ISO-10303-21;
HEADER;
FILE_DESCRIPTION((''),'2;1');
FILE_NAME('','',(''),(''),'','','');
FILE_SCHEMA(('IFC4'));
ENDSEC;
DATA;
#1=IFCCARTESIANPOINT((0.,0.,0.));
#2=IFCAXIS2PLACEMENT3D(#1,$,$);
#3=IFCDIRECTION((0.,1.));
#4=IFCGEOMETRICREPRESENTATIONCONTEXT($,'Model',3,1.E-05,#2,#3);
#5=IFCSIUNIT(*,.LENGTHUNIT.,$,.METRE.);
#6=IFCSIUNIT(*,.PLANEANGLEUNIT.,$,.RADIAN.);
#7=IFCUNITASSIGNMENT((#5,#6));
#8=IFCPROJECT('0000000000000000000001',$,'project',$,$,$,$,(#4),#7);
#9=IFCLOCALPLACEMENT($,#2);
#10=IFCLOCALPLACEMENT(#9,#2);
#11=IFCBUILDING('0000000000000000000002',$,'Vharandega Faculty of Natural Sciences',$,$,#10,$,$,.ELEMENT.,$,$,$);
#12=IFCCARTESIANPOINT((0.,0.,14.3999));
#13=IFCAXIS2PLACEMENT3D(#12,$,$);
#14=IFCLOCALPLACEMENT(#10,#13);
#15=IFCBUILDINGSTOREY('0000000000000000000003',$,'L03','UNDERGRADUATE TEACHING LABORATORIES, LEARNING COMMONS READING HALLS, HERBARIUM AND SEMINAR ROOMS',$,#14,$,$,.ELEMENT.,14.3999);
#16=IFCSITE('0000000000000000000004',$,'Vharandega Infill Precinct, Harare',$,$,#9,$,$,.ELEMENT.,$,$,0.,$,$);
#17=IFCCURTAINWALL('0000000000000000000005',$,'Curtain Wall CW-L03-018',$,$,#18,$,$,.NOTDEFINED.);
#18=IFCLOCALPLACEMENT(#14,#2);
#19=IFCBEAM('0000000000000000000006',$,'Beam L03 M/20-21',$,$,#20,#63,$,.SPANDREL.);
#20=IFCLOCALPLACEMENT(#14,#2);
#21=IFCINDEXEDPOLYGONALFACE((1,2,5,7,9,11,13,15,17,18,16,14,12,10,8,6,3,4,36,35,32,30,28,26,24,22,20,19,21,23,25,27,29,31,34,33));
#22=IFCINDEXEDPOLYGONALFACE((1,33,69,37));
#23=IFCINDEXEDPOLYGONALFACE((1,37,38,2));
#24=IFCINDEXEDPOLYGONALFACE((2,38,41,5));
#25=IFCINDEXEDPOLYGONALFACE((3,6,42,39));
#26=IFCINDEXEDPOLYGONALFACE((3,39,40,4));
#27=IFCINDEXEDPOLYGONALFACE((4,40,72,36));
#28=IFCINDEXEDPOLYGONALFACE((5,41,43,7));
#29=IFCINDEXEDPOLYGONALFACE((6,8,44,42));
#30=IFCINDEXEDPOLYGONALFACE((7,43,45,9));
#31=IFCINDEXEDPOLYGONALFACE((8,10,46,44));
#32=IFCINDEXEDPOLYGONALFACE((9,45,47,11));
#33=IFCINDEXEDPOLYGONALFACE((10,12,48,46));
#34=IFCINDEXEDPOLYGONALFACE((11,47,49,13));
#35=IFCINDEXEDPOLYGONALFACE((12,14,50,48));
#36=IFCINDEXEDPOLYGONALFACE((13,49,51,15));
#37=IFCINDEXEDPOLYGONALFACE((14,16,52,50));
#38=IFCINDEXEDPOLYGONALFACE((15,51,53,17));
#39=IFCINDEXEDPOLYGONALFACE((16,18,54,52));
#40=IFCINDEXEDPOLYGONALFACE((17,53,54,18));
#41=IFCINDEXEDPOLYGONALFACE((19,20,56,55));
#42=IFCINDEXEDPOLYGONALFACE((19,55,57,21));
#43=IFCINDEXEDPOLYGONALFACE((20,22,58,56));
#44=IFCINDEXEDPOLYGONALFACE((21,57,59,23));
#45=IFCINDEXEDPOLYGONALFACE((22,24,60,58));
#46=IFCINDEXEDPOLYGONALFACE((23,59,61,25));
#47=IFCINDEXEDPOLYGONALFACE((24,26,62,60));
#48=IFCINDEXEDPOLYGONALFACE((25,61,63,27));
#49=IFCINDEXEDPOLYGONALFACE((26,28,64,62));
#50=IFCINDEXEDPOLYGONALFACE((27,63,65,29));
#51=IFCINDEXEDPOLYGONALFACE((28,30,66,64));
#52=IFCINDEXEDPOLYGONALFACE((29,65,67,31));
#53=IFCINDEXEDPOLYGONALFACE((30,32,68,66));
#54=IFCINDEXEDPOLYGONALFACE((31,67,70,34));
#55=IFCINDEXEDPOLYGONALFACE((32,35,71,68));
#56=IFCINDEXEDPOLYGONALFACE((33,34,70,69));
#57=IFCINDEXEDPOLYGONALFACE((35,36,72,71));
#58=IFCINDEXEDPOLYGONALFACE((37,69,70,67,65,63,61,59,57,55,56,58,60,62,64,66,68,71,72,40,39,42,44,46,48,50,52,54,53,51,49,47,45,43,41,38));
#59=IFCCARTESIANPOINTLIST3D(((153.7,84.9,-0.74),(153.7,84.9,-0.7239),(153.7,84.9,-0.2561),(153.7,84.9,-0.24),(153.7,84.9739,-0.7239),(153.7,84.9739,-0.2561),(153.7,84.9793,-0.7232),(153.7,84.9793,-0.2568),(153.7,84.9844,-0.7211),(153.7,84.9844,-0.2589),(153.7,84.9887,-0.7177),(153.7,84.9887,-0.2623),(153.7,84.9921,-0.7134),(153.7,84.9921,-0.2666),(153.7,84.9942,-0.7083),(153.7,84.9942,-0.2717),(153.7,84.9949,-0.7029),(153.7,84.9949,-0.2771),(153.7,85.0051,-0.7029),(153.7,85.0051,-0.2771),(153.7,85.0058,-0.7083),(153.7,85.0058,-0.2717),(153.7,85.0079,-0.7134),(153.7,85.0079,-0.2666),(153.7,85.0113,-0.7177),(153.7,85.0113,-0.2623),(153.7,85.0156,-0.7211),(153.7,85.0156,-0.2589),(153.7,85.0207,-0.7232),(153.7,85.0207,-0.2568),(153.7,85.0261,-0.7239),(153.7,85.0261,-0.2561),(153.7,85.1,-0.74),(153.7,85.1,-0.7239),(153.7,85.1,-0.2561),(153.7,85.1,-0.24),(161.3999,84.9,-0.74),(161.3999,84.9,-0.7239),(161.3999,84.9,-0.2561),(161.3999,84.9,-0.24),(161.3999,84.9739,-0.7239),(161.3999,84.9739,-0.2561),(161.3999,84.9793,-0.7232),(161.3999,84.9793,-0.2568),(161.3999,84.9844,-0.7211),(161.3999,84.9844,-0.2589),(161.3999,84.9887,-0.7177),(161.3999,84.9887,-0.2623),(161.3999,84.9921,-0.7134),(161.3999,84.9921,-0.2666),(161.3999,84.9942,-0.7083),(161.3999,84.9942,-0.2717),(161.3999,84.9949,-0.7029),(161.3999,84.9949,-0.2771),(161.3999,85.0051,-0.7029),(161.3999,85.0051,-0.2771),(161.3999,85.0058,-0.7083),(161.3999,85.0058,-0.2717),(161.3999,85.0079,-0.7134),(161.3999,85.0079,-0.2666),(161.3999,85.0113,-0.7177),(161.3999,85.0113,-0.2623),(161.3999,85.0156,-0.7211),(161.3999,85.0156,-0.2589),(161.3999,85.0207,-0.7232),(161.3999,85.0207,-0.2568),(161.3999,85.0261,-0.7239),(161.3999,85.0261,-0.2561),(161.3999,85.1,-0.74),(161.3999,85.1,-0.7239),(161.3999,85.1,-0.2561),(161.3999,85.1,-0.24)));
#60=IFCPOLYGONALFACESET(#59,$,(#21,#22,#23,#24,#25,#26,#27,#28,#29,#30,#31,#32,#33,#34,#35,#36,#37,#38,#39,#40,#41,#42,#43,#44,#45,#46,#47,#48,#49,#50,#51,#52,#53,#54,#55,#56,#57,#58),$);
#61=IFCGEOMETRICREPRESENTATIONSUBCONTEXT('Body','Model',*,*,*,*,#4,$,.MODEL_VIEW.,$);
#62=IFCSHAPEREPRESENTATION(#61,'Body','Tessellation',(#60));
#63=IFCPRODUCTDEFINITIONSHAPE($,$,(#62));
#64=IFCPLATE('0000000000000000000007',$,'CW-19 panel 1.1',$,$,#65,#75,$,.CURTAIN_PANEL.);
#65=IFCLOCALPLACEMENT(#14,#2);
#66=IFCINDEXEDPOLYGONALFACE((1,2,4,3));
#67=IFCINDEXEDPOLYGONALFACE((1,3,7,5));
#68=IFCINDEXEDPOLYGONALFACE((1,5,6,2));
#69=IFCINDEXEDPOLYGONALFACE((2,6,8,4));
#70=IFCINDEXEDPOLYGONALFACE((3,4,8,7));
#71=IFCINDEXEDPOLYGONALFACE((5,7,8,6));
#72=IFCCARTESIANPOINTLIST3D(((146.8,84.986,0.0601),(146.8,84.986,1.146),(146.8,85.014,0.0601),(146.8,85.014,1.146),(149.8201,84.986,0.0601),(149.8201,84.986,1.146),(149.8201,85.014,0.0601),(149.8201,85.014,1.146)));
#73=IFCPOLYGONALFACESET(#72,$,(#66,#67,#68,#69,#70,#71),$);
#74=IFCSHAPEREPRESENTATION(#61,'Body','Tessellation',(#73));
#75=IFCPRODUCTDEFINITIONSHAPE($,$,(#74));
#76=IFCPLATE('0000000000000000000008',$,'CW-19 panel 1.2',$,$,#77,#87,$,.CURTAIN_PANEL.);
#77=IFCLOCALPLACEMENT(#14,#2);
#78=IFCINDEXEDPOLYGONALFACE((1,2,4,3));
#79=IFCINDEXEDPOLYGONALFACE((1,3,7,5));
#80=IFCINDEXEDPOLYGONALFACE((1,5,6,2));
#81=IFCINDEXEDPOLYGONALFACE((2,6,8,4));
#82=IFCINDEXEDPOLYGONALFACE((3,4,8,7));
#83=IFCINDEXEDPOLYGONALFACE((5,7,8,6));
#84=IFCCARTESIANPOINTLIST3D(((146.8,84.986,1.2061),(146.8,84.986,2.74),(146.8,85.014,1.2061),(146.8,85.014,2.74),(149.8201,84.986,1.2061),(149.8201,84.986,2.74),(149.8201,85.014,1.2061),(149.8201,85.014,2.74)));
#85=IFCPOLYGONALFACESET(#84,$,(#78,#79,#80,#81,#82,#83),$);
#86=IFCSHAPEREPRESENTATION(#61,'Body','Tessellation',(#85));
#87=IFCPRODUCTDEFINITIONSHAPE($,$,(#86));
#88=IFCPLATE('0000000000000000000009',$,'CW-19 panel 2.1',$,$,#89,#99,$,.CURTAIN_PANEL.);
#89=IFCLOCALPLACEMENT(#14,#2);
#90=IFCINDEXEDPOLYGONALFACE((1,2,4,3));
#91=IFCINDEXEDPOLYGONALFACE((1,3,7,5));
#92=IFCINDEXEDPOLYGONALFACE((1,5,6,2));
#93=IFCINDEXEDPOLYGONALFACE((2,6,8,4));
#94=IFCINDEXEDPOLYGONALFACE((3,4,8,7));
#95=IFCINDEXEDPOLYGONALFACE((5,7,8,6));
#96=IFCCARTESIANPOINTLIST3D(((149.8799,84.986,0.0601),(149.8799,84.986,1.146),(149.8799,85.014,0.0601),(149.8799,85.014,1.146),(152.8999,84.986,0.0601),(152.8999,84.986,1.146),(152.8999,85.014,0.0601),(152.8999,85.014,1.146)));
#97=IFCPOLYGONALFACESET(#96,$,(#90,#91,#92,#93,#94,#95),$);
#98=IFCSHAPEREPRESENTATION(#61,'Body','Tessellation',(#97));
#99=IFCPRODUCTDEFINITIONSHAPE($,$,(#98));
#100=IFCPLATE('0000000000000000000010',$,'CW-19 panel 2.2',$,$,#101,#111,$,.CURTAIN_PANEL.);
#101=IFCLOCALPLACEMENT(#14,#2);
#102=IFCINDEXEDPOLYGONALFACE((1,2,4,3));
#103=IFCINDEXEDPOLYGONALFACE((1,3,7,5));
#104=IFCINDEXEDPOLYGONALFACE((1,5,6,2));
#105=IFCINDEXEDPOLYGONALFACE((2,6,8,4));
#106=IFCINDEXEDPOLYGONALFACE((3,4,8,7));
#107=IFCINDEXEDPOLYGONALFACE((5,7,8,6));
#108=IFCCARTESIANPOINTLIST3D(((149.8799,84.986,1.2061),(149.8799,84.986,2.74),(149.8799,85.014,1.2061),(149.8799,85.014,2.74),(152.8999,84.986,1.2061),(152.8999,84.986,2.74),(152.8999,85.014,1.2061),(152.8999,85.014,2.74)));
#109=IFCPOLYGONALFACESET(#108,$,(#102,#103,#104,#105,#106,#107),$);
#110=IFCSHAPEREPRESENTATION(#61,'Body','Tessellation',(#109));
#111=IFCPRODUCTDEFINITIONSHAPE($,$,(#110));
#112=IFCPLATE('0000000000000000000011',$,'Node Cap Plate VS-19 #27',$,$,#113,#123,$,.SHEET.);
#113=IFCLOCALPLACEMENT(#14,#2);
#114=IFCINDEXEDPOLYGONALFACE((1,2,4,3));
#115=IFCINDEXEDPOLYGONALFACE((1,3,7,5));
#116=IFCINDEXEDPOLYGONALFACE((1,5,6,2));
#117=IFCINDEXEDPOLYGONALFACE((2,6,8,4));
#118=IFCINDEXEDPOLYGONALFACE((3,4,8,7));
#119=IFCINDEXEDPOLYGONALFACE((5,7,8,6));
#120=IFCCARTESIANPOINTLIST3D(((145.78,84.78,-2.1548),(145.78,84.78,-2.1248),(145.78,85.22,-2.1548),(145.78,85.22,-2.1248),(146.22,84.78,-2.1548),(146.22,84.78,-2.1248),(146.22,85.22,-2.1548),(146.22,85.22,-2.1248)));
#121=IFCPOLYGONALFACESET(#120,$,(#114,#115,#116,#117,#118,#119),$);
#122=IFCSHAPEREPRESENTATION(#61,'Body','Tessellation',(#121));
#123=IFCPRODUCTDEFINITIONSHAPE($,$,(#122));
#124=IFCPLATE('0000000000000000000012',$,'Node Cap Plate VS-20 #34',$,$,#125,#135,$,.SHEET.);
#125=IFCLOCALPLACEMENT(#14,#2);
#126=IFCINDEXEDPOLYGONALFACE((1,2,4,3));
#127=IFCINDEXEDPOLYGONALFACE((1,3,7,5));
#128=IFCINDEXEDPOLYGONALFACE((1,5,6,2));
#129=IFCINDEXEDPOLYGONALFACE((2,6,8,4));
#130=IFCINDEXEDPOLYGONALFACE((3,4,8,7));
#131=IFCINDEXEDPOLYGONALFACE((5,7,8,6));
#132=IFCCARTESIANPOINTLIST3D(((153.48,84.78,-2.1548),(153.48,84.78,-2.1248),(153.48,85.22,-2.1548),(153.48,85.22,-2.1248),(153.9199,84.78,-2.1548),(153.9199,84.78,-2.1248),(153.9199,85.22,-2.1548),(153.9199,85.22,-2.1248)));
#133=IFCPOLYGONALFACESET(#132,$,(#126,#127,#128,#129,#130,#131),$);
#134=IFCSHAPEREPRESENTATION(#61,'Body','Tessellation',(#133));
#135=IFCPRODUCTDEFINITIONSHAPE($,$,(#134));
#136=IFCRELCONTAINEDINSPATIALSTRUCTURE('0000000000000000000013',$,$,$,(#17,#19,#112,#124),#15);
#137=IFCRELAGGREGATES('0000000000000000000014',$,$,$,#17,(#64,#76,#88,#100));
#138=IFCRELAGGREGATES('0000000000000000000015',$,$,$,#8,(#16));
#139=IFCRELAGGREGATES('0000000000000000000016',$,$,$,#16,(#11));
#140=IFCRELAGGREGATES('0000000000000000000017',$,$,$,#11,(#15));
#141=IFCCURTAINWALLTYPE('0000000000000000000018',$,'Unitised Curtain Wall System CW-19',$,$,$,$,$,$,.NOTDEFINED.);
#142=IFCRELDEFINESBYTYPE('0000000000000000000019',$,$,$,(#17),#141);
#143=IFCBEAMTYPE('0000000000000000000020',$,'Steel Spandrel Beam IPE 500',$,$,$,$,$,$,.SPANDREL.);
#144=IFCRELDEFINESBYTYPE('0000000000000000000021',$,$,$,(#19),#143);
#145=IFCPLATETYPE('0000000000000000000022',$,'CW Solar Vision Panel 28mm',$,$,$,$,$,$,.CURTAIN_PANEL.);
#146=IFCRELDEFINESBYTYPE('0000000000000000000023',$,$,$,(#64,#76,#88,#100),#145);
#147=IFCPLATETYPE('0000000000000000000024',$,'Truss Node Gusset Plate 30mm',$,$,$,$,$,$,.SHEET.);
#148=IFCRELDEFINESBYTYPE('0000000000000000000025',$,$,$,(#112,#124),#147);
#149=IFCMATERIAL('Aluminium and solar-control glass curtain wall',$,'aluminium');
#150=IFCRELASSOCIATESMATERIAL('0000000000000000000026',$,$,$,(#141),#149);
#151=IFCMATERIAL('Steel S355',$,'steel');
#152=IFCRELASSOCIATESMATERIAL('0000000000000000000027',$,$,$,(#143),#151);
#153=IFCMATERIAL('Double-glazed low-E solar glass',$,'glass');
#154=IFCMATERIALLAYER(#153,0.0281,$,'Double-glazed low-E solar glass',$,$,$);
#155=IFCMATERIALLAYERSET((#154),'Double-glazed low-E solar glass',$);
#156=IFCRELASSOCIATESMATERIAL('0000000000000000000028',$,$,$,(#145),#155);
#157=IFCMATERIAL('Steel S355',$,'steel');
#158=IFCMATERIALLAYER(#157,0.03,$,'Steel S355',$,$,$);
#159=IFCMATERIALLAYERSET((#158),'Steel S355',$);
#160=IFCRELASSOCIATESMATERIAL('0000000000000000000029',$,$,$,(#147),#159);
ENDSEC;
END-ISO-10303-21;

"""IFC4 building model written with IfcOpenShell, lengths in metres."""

from ifc_helpers import new_model, si_unit, direction, frame, origin, origin_2d, place, context, subcontext, project, spatial, rectangle, i_section, extrude, material, layer, layer_set, material_profile, profile_set, type_object, element, aggregate, save


model = new_model("IFC4")

# Units and contexts
model_context = context("Model", 3, precision=1e-05, world=origin(), true_north=direction((0.0, 1.0)))
body_context = subcontext(model_context, "Body", "Model", "MODEL_VIEW")
ifc_project = project(units=[si_unit("LENGTHUNIT", "METRE"), si_unit("PLANEANGLEUNIT", "RADIAN")], contexts=[model_context])

# Site, building, storey
site_placement = place(None, origin())
site = spatial("IfcSite", under=ifc_project, at=site_placement, Name="Vharandega Infill Precinct, Harare", CompositionType="ELEMENT", RefElevation=0.0)
building_placement = place(site_placement, origin())
building = spatial("IfcBuilding", under=site, at=building_placement, Name="Vharandega Faculty of Natural Sciences", CompositionType="ELEMENT")
storey_placement = place(building_placement, frame((0.0, 0.0, 14.3999)))
storey = spatial("IfcBuildingStorey", under=building, at=storey_placement, Name="L03", Description="UNDERGRADUATE TEACHING LABORATORIES, LEARNING COMMONS READING HALLS, HERBARIUM AND SEMINAR ROOMS", CompositionType="ELEMENT", Elevation=14.3999)

# Curtain wall
ifc_material_1 = material(Name="Aluminium and solar-control glass curtain wall", Category="aluminium")
curtain_wall_type_1 = type_object("IfcCurtainWallType", Name="Unitised Curtain Wall System CW-19", PredefinedType="NOTDEFINED", material=ifc_material_1)
curtain_wall_1_placement = place(storey_placement, origin())
curtain_wall_1 = element("IfcCurtainWall", 1, at=curtain_wall_1_placement, inside=storey, type_object=curtain_wall_type_1, Name="Curtain Wall CW-L03-018", PredefinedType="NOTDEFINED")

# Beam
ifc_material_2 = material(Name="Steel S355", Category="steel")
ifc_material_profile_1 = material_profile(ifc_material_2, i_section(OverallWidth=0.2, OverallDepth=0.5, WebThickness=0.0103, FlangeThickness=0.0161, FilletRadius=0.021, at=origin_2d()), Name="IPE 500")
ifc_profile_set_1 = profile_set([ifc_material_profile_1], Name="Steel S355")
beam_type_1 = type_object("IfcBeamType", Name="Steel Spandrel Beam IPE 500", PredefinedType="SPANDREL", material=ifc_profile_set_1)
for number, where, z_axis, x_axis, name in (
    (2, (153.7, 85.0, -0.49), (1.0, 0.0, 0.0), (0.0, 1.0, 0.0), "Beam L03 M/20-21"),
):
    element("IfcBeam", number, at=place(storey_placement, frame(where, z_axis=z_axis, x_axis=x_axis)), inside=storey, type_object=beam_type_1, Name=name, PredefinedType="SPANDREL", context=body_context, shape_type="SweptSolid", body=[
        extrude(i_section(OverallWidth=0.2, OverallDepth=0.5, WebThickness=0.0103, FlangeThickness=0.0161, FilletRadius=0.021, at=origin_2d()), origin(), (0.0, 0.0, 1.0), 7.7),
    ])

# Plates
ifc_material_3 = material(Name="Double-glazed low-E solar glass", Category="glass")
ifc_layer_1 = layer(ifc_material_3, 0.0281, Name="Double-glazed low-E solar glass")
ifc_layer_set_1 = layer_set([ifc_layer_1], Name="Double-glazed low-E solar glass")
plate_type_1 = type_object("IfcPlateType", Name="CW Solar Vision Panel 28mm", PredefinedType="CURTAIN_PANEL", material=ifc_layer_set_1)
plate_1_placement = place(storey_placement, frame((148.3101, 85.0, 0.0601), z_axis=(0.0, 0.0, 1.0), x_axis=(1.0, 0.0, 0.0)))
plate_1 = element("IfcPlate", 3, at=plate_1_placement, type_object=plate_type_1, Name="CW-19 panel 1.1", PredefinedType="CURTAIN_PANEL", context=body_context, shape_type="SweptSolid", body=[
    extrude(rectangle(XDim=3.02, YDim=0.0281, at=origin_2d()), origin(), (0.0, 0.0, 1.0), 1.0859),
])
plate_2_placement = place(storey_placement, frame((148.3101, 85.0, 1.2061), z_axis=(0.0, 0.0, 1.0), x_axis=(1.0, 0.0, 0.0)))
plate_2 = element("IfcPlate", 4, at=plate_2_placement, type_object=plate_type_1, Name="CW-19 panel 1.2", PredefinedType="CURTAIN_PANEL", context=body_context, shape_type="SweptSolid", body=[
    extrude(rectangle(XDim=3.02, YDim=0.0281, at=origin_2d()), origin(), (0.0, 0.0, 1.0), 1.5339),
])
plate_3_placement = place(storey_placement, frame((151.3899, 85.0, 0.0601), z_axis=(0.0, 0.0, 1.0), x_axis=(1.0, 0.0, 0.0)))
plate_3 = element("IfcPlate", 5, at=plate_3_placement, type_object=plate_type_1, Name="CW-19 panel 2.1", PredefinedType="CURTAIN_PANEL", context=body_context, shape_type="SweptSolid", body=[
    extrude(rectangle(XDim=3.02, YDim=0.0281, at=origin_2d()), origin(), (0.0, 0.0, 1.0), 1.0859),
])
plate_4_placement = place(storey_placement, frame((151.3899, 85.0, 1.2061), z_axis=(0.0, 0.0, 1.0), x_axis=(1.0, 0.0, 0.0)))
plate_4 = element("IfcPlate", 6, at=plate_4_placement, type_object=plate_type_1, Name="CW-19 panel 2.2", PredefinedType="CURTAIN_PANEL", context=body_context, shape_type="SweptSolid", body=[
    extrude(rectangle(XDim=3.02, YDim=0.0281, at=origin_2d()), origin(), (0.0, 0.0, 1.0), 1.5339),
])
aggregate(curtain_wall_1, [plate_1, plate_2, plate_3, plate_4])

# Plates
ifc_material_4 = material(Name="Steel S355", Category="steel")
ifc_layer_2 = layer(ifc_material_4, 0.03, Name="Steel S355")
ifc_layer_set_2 = layer_set([ifc_layer_2], Name="Steel S355")
plate_type_2 = type_object("IfcPlateType", Name="Truss Node Gusset Plate 30mm", PredefinedType="SHEET", material=ifc_layer_set_2)
for number, where, z_axis, x_axis, name in (
    (7, (146.0, 85.0, -2.1548), (0.0, 0.0, 1.0), (1.0, 0.0, 0.0), "Node Cap Plate VS-19 #27"),
    (8, (153.7, 85.0, -2.1548), (0.0, 0.0, 1.0), (1.0, 0.0, 0.0), "Node Cap Plate VS-20 #34"),
):
    element("IfcPlate", number, at=place(storey_placement, frame(where, z_axis=z_axis, x_axis=x_axis)), inside=storey, type_object=plate_type_2, Name=name, PredefinedType="SHEET", context=body_context, shape_type="SweptSolid", body=[
        extrude(rectangle(XDim=0.4399, YDim=0.4399, at=origin_2d()), origin(), (0.0, 0.0, 1.0), 0.03),
    ])

save(model, "model.ifc")
